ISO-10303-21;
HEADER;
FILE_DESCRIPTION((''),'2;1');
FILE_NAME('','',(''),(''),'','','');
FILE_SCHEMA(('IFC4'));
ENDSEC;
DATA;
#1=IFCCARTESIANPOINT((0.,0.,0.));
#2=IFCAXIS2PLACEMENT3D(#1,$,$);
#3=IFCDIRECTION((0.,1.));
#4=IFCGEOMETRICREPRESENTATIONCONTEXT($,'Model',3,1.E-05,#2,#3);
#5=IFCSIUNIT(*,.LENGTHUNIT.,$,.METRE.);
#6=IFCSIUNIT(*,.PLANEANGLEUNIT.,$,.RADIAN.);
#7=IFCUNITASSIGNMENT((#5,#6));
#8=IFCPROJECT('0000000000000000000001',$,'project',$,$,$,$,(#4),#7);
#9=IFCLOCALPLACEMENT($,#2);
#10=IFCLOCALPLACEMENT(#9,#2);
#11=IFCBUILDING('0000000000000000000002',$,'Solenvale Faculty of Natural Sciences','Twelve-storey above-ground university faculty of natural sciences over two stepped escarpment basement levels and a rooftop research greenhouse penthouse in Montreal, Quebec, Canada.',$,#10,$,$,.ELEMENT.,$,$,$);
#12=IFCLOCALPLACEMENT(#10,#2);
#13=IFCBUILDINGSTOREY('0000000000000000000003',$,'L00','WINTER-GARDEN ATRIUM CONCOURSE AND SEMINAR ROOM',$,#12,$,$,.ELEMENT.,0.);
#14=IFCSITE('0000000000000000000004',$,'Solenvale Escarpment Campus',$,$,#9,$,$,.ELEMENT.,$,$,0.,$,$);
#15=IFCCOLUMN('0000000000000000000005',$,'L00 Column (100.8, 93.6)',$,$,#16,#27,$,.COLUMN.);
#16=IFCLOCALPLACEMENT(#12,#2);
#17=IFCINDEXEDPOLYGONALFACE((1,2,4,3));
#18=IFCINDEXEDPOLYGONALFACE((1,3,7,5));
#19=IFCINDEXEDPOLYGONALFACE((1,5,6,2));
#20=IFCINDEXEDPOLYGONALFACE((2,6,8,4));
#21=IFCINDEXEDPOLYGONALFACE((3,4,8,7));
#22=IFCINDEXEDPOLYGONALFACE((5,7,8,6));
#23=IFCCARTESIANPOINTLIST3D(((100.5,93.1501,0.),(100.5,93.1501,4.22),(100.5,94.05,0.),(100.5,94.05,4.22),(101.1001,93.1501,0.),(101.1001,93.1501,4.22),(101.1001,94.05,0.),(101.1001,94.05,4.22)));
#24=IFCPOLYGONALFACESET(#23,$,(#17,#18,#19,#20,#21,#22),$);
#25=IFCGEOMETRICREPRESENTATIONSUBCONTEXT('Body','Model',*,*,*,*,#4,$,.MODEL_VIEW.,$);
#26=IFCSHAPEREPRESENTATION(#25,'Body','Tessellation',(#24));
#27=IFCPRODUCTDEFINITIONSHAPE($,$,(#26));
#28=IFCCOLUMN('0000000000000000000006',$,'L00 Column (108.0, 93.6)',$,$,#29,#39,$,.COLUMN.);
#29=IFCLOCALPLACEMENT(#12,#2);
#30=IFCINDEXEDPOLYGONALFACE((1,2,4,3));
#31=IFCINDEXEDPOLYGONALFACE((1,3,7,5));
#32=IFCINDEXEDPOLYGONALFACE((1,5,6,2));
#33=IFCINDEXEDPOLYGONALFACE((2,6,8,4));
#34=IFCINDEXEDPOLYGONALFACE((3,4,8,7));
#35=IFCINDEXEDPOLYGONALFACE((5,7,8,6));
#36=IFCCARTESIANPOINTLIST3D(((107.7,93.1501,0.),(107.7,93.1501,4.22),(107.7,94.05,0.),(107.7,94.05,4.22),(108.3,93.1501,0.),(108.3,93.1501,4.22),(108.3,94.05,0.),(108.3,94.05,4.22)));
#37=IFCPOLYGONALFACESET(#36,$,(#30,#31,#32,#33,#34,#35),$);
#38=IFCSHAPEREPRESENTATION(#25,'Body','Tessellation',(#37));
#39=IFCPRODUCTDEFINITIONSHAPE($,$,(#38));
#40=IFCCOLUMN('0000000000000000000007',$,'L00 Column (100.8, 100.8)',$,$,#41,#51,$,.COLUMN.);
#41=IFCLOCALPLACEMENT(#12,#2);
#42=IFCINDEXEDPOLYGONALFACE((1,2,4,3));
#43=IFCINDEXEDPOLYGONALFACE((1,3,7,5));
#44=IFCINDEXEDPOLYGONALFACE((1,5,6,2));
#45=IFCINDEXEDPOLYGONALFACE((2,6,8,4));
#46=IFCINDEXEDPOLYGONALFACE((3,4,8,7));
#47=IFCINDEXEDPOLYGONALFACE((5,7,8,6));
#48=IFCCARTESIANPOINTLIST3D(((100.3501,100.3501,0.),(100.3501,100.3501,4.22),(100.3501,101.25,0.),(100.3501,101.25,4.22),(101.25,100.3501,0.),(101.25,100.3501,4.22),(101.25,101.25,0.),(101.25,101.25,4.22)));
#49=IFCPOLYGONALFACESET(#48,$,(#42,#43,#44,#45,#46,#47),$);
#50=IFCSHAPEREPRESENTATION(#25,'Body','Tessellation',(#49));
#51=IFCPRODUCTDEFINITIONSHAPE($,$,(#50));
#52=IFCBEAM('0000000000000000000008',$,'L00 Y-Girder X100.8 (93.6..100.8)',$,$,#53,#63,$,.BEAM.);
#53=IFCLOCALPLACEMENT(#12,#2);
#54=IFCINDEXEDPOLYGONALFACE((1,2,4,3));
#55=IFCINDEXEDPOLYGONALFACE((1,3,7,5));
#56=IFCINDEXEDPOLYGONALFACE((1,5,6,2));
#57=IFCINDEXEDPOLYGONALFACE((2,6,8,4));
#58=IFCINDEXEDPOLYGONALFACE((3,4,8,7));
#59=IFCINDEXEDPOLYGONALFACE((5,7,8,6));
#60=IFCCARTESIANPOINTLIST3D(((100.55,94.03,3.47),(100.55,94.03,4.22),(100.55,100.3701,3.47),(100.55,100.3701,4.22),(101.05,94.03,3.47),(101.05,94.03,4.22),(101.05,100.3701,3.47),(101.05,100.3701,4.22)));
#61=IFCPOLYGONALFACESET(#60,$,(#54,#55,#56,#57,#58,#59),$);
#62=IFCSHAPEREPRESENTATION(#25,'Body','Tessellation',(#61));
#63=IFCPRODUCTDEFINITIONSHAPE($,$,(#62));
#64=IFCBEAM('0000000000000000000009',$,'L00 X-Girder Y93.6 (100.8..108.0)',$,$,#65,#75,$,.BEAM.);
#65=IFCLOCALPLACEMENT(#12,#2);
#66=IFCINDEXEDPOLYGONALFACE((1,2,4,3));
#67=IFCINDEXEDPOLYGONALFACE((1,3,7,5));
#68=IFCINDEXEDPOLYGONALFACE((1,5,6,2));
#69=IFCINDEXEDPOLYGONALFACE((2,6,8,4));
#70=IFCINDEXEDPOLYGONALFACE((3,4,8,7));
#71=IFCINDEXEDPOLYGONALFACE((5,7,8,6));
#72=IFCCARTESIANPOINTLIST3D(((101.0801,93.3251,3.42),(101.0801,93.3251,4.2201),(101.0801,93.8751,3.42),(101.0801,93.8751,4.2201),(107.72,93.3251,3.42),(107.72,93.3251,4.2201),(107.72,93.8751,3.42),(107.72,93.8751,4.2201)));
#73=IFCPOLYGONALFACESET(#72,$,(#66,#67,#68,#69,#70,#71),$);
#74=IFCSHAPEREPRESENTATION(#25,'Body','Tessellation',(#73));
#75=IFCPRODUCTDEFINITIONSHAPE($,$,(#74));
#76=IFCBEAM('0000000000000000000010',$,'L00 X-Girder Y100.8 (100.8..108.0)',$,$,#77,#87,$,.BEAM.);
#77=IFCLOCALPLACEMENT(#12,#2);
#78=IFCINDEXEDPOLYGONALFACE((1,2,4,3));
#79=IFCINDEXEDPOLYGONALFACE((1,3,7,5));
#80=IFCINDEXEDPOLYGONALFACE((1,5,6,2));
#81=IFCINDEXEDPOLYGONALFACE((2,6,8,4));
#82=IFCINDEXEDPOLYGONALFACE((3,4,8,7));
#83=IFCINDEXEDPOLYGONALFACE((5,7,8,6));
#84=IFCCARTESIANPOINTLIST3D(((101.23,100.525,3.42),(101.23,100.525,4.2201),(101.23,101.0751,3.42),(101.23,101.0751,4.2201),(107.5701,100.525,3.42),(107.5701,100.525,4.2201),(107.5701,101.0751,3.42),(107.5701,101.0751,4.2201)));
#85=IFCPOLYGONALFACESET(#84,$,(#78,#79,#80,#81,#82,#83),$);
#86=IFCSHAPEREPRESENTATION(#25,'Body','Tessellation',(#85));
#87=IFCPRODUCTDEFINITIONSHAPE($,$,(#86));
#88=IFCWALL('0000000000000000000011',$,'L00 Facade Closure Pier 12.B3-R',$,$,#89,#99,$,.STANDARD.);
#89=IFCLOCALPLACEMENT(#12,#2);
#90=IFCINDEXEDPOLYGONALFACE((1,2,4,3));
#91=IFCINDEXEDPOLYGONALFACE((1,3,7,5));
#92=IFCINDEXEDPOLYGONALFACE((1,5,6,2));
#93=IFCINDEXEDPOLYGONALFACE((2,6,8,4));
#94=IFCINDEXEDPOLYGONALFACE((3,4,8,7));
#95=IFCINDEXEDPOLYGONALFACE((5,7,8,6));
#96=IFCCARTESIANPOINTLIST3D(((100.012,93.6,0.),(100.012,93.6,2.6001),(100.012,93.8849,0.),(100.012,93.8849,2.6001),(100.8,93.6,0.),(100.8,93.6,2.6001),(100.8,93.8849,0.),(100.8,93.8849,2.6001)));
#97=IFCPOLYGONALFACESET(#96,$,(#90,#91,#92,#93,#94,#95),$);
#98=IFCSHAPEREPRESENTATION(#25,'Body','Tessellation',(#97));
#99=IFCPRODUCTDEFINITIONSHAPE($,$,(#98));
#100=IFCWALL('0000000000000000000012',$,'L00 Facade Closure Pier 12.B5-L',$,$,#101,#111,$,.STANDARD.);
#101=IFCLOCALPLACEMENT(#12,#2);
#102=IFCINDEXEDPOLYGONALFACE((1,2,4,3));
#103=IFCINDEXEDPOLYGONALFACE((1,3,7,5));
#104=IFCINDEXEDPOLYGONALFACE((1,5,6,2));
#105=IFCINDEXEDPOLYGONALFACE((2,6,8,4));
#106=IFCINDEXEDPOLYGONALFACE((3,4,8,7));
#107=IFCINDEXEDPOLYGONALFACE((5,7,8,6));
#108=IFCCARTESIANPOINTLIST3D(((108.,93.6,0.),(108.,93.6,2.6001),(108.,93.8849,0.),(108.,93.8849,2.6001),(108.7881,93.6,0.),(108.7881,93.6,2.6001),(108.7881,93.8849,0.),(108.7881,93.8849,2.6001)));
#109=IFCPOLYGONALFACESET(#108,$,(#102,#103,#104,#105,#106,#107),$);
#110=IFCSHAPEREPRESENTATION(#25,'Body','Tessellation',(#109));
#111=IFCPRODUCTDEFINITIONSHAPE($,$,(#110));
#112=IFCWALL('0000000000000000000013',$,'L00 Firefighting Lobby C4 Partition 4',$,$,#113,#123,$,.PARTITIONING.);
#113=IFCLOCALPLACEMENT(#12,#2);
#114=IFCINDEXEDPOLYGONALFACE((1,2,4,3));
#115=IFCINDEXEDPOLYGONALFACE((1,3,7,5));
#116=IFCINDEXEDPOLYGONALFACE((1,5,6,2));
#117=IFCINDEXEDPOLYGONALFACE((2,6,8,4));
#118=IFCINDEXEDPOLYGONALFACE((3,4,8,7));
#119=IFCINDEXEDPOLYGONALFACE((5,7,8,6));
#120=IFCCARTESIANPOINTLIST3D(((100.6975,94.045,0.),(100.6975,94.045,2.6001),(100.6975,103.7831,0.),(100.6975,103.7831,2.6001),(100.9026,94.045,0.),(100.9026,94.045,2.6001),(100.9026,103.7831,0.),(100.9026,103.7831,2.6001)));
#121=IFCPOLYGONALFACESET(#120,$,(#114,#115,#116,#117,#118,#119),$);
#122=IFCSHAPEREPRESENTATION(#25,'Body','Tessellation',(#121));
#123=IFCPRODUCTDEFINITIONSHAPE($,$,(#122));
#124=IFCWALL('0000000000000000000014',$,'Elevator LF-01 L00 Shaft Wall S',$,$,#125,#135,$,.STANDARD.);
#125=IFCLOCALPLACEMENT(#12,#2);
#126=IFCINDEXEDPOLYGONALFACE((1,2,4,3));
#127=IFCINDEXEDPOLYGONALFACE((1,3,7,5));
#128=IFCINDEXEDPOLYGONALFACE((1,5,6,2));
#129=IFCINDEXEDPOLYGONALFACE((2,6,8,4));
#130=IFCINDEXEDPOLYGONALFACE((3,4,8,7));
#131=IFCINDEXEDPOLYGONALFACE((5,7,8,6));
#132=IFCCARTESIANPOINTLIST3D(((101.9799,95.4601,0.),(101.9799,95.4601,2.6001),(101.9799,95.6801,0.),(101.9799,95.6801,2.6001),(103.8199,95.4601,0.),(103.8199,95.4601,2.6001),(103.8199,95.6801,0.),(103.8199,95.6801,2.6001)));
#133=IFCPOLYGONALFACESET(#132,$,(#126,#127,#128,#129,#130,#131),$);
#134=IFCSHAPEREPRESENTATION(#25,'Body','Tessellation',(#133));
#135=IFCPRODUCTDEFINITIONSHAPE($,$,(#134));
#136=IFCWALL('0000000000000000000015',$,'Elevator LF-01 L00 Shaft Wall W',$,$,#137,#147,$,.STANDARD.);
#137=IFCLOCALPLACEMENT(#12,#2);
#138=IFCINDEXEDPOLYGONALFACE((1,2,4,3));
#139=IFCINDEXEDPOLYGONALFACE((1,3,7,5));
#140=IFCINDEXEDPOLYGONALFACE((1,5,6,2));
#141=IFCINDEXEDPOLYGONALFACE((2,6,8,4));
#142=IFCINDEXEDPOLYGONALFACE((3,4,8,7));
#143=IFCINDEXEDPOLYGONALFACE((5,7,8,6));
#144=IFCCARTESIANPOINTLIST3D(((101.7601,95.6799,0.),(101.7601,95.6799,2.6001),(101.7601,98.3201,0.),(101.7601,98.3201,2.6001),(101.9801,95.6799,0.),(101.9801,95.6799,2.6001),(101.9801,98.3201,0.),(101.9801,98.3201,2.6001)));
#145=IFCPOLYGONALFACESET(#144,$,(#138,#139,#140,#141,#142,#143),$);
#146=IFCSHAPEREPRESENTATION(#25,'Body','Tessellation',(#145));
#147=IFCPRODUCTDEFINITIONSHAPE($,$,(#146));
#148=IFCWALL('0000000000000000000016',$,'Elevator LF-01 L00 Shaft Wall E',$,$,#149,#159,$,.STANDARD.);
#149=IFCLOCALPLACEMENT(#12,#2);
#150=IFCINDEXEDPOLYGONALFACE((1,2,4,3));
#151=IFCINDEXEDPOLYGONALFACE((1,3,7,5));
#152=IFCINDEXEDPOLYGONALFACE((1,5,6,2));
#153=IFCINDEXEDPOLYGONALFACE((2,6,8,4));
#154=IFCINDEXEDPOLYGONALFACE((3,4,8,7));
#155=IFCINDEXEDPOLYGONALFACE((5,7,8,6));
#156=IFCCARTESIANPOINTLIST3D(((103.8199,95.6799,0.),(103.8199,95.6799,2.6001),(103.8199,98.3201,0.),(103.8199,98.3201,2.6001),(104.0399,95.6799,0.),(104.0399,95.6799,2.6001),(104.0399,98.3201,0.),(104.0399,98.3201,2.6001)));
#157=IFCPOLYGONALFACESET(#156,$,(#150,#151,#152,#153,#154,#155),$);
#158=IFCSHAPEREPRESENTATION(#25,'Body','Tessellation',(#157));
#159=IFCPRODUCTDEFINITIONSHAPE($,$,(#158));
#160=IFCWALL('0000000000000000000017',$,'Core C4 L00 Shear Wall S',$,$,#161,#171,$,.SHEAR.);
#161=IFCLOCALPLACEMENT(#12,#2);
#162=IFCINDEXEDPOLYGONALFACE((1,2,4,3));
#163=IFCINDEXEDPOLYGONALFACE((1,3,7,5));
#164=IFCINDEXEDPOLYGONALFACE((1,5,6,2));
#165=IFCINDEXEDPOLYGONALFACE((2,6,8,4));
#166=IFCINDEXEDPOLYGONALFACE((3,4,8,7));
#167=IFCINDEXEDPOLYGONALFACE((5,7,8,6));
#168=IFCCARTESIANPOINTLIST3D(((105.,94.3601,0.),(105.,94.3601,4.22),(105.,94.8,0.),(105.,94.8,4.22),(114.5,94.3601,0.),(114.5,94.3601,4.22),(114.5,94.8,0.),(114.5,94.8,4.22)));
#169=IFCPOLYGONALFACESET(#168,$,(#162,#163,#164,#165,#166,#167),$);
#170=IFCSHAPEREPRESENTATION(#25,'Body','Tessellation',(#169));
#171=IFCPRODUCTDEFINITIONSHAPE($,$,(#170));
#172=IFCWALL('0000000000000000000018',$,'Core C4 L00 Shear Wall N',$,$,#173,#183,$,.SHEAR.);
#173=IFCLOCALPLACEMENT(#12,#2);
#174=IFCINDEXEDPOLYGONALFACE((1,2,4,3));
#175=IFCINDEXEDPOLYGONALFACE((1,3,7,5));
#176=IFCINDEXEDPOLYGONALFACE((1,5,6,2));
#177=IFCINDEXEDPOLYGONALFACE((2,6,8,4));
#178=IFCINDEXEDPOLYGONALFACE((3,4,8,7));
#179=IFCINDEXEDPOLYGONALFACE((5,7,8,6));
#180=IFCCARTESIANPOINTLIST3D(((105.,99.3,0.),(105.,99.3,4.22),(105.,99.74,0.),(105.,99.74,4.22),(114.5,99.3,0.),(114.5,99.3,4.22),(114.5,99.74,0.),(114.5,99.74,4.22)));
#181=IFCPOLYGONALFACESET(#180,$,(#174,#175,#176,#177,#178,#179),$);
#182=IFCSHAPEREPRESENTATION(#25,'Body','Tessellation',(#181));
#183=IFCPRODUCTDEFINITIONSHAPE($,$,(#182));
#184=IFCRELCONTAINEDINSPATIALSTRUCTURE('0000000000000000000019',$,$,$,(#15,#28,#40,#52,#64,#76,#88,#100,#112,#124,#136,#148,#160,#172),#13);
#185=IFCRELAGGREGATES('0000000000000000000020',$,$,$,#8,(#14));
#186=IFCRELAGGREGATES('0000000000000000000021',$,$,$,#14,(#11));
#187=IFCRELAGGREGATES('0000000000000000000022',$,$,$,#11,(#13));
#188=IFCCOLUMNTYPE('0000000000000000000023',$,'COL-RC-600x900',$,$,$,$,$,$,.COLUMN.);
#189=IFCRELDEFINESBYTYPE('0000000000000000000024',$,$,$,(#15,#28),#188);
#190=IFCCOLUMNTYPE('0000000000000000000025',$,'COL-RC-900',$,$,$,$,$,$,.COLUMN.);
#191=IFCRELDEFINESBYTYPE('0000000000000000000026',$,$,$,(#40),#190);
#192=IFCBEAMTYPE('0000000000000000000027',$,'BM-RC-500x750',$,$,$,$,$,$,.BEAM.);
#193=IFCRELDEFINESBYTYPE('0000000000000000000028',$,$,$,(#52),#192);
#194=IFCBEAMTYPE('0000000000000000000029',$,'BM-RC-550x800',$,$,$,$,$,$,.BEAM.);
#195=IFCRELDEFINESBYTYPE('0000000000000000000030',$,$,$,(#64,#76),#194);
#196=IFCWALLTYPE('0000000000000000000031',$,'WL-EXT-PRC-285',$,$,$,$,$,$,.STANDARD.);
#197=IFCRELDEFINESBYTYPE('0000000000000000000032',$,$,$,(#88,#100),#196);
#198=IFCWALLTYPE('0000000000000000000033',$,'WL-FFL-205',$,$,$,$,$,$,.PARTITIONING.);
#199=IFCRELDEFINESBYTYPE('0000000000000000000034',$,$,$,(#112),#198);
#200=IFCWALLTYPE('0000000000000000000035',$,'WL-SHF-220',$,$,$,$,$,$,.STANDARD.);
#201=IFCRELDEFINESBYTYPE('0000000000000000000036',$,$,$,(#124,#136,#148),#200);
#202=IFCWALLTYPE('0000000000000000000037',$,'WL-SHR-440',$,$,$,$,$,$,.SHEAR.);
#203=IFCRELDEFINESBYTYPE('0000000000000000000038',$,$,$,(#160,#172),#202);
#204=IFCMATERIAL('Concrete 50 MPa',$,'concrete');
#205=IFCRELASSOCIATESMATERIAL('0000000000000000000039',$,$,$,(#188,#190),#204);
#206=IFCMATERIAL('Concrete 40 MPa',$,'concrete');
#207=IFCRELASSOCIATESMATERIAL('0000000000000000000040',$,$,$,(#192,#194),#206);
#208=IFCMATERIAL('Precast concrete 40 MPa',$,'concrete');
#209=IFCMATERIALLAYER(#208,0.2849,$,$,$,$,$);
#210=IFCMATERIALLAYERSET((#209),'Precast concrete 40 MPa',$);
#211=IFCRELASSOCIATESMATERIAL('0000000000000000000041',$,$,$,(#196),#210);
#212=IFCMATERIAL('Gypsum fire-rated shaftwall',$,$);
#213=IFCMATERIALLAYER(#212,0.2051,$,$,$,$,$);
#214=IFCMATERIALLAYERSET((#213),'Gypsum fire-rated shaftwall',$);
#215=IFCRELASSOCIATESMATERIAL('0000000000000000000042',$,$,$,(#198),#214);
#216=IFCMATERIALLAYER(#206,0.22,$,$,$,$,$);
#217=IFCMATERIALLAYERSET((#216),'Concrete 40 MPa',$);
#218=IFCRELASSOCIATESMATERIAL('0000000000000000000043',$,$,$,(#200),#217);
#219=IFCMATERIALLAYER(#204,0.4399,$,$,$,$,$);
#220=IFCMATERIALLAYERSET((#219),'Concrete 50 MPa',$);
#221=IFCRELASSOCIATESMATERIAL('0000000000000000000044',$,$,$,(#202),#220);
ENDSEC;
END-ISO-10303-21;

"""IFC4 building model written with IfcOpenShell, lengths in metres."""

from ifc_helpers import new_model, si_unit, direction, frame, frame_2d, origin, origin_2d, place, context, subcontext, project, spatial, rectangle, extrude, material, layer, layer_set, material_profile, profile_set, type_object, element, save


model = new_model("IFC4")

# Units and contexts
model_context = context("Model", 3, precision=1e-05, world=origin(), true_north=direction((0.0, 1.0)))
body_context = subcontext(model_context, "Body", "Model", "MODEL_VIEW")
ifc_project = project(units=[si_unit("LENGTHUNIT", "METRE"), si_unit("PLANEANGLEUNIT", "RADIAN")], contexts=[model_context])

# Site, building, storey
site_placement = place(None, origin())
site = spatial("IfcSite", under=ifc_project, at=site_placement, Name="Solenvale Escarpment Campus", CompositionType="ELEMENT", RefElevation=0.0)
building_placement = place(site_placement, origin())
building = spatial("IfcBuilding", under=site, at=building_placement, Name="Solenvale Faculty of Natural Sciences", Description="Twelve-storey above-ground university faculty of natural sciences over two stepped escarpment basement levels and a rooftop research greenhouse penthouse in Montreal, Quebec, Canada.", CompositionType="ELEMENT")
storey_placement = place(building_placement, origin())
storey = spatial("IfcBuildingStorey", under=building, at=storey_placement, Name="L00", Description="WINTER-GARDEN ATRIUM CONCOURSE AND SEMINAR ROOM", CompositionType="ELEMENT", Elevation=0.0)

# Columns
ifc_material_1 = material(Name="Concrete 50 MPa", Category="concrete")
ifc_material_profile_1 = material_profile(ifc_material_1, rectangle(XDim=0.6001, YDim=0.8999, at=origin_2d()), Name="RC-COL-600x900")
ifc_profile_set_1 = profile_set([ifc_material_profile_1], Name="Concrete 50 MPa")
column_type_1 = type_object("IfcColumnType", Name="COL-RC-600x900", PredefinedType="COLUMN", material=ifc_profile_set_1)
for number, where, z_axis, x_axis, name in (
    (1, (100.8, 93.6001, 0.0), (0.0, 0.0, 1.0), (1.0, 0.0, 0.0), "L00 Column (100.8, 93.6)"),
    (2, (108.0, 93.6001, 0.0), (0.0, 0.0, 1.0), (1.0, 0.0, 0.0), "L00 Column (108.0, 93.6)"),
):
    element("IfcColumn", number, at=place(storey_placement, frame(where, z_axis=z_axis, x_axis=x_axis)), inside=storey, type_object=column_type_1, Name=name, PredefinedType="COLUMN", context=body_context, shape_type="SweptSolid", body=[
        extrude(rectangle(XDim=0.6001, YDim=0.8999, at=origin_2d()), origin(), (0.0, 0.0, 1.0), 4.22),
    ])
ifc_material_profile_2 = material_profile(ifc_material_1, rectangle(XDim=0.8999, YDim=0.8999, at=origin_2d()), Name="RC-COL-900x900")
ifc_profile_set_2 = profile_set([ifc_material_profile_2], Name="Concrete 50 MPa")
column_type_2 = type_object("IfcColumnType", Name="COL-RC-900", PredefinedType="COLUMN", material=ifc_profile_set_2)
column_placement = place(storey_placement, frame((100.8, 100.8, 0.0), z_axis=(0.0, 0.0, 1.0), x_axis=(1.0, 0.0, 0.0)))
element("IfcColumn", 3, at=column_placement, inside=storey, type_object=column_type_2, Name="L00 Column (100.8, 100.8)", PredefinedType="COLUMN", context=body_context, shape_type="SweptSolid", body=[
    extrude(rectangle(XDim=0.8999, YDim=0.8999, at=origin_2d()), origin(), (0.0, 0.0, 1.0), 4.22),
])

# Beams
ifc_material_2 = material(Name="Concrete 40 MPa", Category="concrete")
ifc_material_profile_3 = material_profile(ifc_material_2, rectangle(XDim=0.5, YDim=0.75, at=origin_2d()), Name="RC-BM-500x750")
ifc_profile_set_3 = profile_set([ifc_material_profile_3], Name="Concrete 40 MPa")
beam_type_1 = type_object("IfcBeamType", Name="BM-RC-500x750", PredefinedType="BEAM", material=ifc_profile_set_3)
beam_1_placement = place(storey_placement, frame((100.8, 94.03, 3.845), z_axis=(0.0, 1.0, 0.0), x_axis=(-1.0, 0.0, 0.0)))
element("IfcBeam", 4, at=beam_1_placement, inside=storey, type_object=beam_type_1, Name="L00 Y-Girder X100.8 (93.6..100.8)", PredefinedType="BEAM", context=body_context, shape_type="SweptSolid", body=[
    extrude(rectangle(XDim=0.5, YDim=0.75, at=origin_2d()), origin(), (0.0, 0.0, 1.0), 6.3401),
])
ifc_material_profile_4 = material_profile(ifc_material_2, rectangle(XDim=0.55, YDim=0.8, at=origin_2d()), Name="RC-BM-550x800")
ifc_profile_set_4 = profile_set([ifc_material_profile_4], Name="Concrete 40 MPa")
beam_type_2 = type_object("IfcBeamType", Name="BM-RC-550x800", PredefinedType="BEAM", material=ifc_profile_set_4)
beam_2_placement = place(storey_placement, frame((101.0801, 93.6001, 3.8201), z_axis=(1.0, 0.0, 0.0), x_axis=(0.0, 1.0, 0.0)))
element("IfcBeam", 5, at=beam_2_placement, inside=storey, type_object=beam_type_2, Name="L00 X-Girder Y93.6 (100.8..108.0)", PredefinedType="BEAM", context=body_context, shape_type="SweptSolid", body=[
    extrude(rectangle(XDim=0.55, YDim=0.8, at=origin_2d()), origin(), (0.0, 0.0, 1.0), 6.6399),
])
beam_3_placement = place(storey_placement, frame((101.23, 100.8, 3.8201), z_axis=(1.0, 0.0, 0.0), x_axis=(0.0, 1.0, 0.0)))
element("IfcBeam", 6, at=beam_3_placement, inside=storey, type_object=beam_type_2, Name="L00 X-Girder Y100.8 (100.8..108.0)", PredefinedType="BEAM", context=body_context, shape_type="SweptSolid", body=[
    extrude(rectangle(XDim=0.55, YDim=0.8, at=origin_2d()), origin(), (0.0, 0.0, 1.0), 6.3401),
])

# Walls
ifc_material_3 = material(Name="Precast concrete 40 MPa", Category="concrete")
ifc_layer_1 = layer(ifc_material_3, 0.2849)
ifc_layer_set_1 = layer_set([ifc_layer_1], Name="Precast concrete 40 MPa")
wall_type_1 = type_object("IfcWallType", Name="WL-EXT-PRC-285", PredefinedType="STANDARD", material=ifc_layer_set_1)
for number, where, z_axis, x_axis, name in (
    (7, (100.012, 93.7424, 0.0), (0.0, 0.0, 1.0), (1.0, 0.0, 0.0), "L00 Facade Closure Pier 12.B3-R"),
    (8, (108.0, 93.7424, 0.0), (0.0, 0.0, 1.0), (1.0, 0.0, 0.0), "L00 Facade Closure Pier 12.B5-L"),
):
    element("IfcWall", number, at=place(storey_placement, frame(where, z_axis=z_axis, x_axis=x_axis)), inside=storey, type_object=wall_type_1, Name=name, PredefinedType="STANDARD", context=body_context, shape_type="SweptSolid", body=[
        extrude(rectangle(XDim=0.7881, YDim=0.2849, at=frame_2d((0.394, 0.0))), origin(), (0.0, 0.0, 1.0), 2.6001),
    ])
ifc_material_4 = material(Name="Gypsum fire-rated shaftwall")
ifc_layer_2 = layer(ifc_material_4, 0.2051)
ifc_layer_set_2 = layer_set([ifc_layer_2], Name="Gypsum fire-rated shaftwall")
wall_type_2 = type_object("IfcWallType", Name="WL-FFL-205", PredefinedType="PARTITIONING", material=ifc_layer_set_2)
wall_1_placement = place(storey_placement, frame((100.8, 94.0449, 0.0), z_axis=(0.0, 0.0, 1.0), x_axis=(0.0, 1.0, 0.0)))
element("IfcWall", 9, at=wall_1_placement, inside=storey, type_object=wall_type_2, Name="L00 Firefighting Lobby C4 Partition 4", PredefinedType="PARTITIONING", context=body_context, shape_type="SweptSolid", body=[
    extrude(rectangle(XDim=9.738, YDim=0.2051, at=frame_2d((4.8691, 0.0))), origin(), (0.0, 0.0, 1.0), 2.6001),
])
ifc_layer_3 = layer(ifc_material_2, 0.22)
ifc_layer_set_3 = layer_set([ifc_layer_3], Name="Concrete 40 MPa")
wall_type_3 = type_object("IfcWallType", Name="WL-SHF-220", PredefinedType="STANDARD", material=ifc_layer_set_3)
wall_2_placement = place(storey_placement, frame((101.98, 95.5701, 0.0), z_axis=(0.0, 0.0, 1.0), x_axis=(1.0, 0.0, 0.0)))
element("IfcWall", 10, at=wall_2_placement, inside=storey, type_object=wall_type_3, Name="Elevator LF-01 L00 Shaft Wall S", PredefinedType="STANDARD", context=body_context, shape_type="SweptSolid", body=[
    extrude(rectangle(XDim=1.8401, YDim=0.22, at=frame_2d((0.9199, 0.0))), origin(), (0.0, 0.0, 1.0), 2.6001),
])

# Walls
for number, where, z_axis, x_axis, name in (
    (11, (101.8701, 95.6799, 0.0), (0.0, 0.0, 1.0), (0.0, 1.0, 0.0), "Elevator LF-01 L00 Shaft Wall W"),
    (12, (103.9299, 95.6799, 0.0), (0.0, 0.0, 1.0), (0.0, 1.0, 0.0), "Elevator LF-01 L00 Shaft Wall E"),
):
    element("IfcWall", number, at=place(storey_placement, frame(where, z_axis=z_axis, x_axis=x_axis)), inside=storey, type_object=wall_type_3, Name=name, PredefinedType="STANDARD", context=body_context, shape_type="SweptSolid", body=[
        extrude(rectangle(XDim=2.6401, YDim=0.22, at=frame_2d((1.3201, 0.0))), origin(), (0.0, 0.0, 1.0), 2.6001),
    ])
ifc_layer_4 = layer(ifc_material_1, 0.4399)
ifc_layer_set_4 = layer_set([ifc_layer_4], Name="Concrete 50 MPa")
wall_type_4 = type_object("IfcWallType", Name="WL-SHR-440", PredefinedType="SHEAR", material=ifc_layer_set_4)
for number, where, z_axis, x_axis, name in (
    (13, (105.0, 94.5801, 0.0), (0.0, 0.0, 1.0), (1.0, 0.0, 0.0), "Core C4 L00 Shear Wall S"),
    (14, (105.0, 99.52, 0.0), (0.0, 0.0, 1.0), (1.0, 0.0, 0.0), "Core C4 L00 Shear Wall N"),
):
    element("IfcWall", number, at=place(storey_placement, frame(where, z_axis=z_axis, x_axis=x_axis)), inside=storey, type_object=wall_type_4, Name=name, PredefinedType="SHEAR", context=body_context, shape_type="SweptSolid", body=[
        extrude(rectangle(XDim=9.5, YDim=0.4399, at=frame_2d((4.75, 0.0))), origin(), (0.0, 0.0, 1.0), 4.22),
    ])

save(model, "model.ifc")
